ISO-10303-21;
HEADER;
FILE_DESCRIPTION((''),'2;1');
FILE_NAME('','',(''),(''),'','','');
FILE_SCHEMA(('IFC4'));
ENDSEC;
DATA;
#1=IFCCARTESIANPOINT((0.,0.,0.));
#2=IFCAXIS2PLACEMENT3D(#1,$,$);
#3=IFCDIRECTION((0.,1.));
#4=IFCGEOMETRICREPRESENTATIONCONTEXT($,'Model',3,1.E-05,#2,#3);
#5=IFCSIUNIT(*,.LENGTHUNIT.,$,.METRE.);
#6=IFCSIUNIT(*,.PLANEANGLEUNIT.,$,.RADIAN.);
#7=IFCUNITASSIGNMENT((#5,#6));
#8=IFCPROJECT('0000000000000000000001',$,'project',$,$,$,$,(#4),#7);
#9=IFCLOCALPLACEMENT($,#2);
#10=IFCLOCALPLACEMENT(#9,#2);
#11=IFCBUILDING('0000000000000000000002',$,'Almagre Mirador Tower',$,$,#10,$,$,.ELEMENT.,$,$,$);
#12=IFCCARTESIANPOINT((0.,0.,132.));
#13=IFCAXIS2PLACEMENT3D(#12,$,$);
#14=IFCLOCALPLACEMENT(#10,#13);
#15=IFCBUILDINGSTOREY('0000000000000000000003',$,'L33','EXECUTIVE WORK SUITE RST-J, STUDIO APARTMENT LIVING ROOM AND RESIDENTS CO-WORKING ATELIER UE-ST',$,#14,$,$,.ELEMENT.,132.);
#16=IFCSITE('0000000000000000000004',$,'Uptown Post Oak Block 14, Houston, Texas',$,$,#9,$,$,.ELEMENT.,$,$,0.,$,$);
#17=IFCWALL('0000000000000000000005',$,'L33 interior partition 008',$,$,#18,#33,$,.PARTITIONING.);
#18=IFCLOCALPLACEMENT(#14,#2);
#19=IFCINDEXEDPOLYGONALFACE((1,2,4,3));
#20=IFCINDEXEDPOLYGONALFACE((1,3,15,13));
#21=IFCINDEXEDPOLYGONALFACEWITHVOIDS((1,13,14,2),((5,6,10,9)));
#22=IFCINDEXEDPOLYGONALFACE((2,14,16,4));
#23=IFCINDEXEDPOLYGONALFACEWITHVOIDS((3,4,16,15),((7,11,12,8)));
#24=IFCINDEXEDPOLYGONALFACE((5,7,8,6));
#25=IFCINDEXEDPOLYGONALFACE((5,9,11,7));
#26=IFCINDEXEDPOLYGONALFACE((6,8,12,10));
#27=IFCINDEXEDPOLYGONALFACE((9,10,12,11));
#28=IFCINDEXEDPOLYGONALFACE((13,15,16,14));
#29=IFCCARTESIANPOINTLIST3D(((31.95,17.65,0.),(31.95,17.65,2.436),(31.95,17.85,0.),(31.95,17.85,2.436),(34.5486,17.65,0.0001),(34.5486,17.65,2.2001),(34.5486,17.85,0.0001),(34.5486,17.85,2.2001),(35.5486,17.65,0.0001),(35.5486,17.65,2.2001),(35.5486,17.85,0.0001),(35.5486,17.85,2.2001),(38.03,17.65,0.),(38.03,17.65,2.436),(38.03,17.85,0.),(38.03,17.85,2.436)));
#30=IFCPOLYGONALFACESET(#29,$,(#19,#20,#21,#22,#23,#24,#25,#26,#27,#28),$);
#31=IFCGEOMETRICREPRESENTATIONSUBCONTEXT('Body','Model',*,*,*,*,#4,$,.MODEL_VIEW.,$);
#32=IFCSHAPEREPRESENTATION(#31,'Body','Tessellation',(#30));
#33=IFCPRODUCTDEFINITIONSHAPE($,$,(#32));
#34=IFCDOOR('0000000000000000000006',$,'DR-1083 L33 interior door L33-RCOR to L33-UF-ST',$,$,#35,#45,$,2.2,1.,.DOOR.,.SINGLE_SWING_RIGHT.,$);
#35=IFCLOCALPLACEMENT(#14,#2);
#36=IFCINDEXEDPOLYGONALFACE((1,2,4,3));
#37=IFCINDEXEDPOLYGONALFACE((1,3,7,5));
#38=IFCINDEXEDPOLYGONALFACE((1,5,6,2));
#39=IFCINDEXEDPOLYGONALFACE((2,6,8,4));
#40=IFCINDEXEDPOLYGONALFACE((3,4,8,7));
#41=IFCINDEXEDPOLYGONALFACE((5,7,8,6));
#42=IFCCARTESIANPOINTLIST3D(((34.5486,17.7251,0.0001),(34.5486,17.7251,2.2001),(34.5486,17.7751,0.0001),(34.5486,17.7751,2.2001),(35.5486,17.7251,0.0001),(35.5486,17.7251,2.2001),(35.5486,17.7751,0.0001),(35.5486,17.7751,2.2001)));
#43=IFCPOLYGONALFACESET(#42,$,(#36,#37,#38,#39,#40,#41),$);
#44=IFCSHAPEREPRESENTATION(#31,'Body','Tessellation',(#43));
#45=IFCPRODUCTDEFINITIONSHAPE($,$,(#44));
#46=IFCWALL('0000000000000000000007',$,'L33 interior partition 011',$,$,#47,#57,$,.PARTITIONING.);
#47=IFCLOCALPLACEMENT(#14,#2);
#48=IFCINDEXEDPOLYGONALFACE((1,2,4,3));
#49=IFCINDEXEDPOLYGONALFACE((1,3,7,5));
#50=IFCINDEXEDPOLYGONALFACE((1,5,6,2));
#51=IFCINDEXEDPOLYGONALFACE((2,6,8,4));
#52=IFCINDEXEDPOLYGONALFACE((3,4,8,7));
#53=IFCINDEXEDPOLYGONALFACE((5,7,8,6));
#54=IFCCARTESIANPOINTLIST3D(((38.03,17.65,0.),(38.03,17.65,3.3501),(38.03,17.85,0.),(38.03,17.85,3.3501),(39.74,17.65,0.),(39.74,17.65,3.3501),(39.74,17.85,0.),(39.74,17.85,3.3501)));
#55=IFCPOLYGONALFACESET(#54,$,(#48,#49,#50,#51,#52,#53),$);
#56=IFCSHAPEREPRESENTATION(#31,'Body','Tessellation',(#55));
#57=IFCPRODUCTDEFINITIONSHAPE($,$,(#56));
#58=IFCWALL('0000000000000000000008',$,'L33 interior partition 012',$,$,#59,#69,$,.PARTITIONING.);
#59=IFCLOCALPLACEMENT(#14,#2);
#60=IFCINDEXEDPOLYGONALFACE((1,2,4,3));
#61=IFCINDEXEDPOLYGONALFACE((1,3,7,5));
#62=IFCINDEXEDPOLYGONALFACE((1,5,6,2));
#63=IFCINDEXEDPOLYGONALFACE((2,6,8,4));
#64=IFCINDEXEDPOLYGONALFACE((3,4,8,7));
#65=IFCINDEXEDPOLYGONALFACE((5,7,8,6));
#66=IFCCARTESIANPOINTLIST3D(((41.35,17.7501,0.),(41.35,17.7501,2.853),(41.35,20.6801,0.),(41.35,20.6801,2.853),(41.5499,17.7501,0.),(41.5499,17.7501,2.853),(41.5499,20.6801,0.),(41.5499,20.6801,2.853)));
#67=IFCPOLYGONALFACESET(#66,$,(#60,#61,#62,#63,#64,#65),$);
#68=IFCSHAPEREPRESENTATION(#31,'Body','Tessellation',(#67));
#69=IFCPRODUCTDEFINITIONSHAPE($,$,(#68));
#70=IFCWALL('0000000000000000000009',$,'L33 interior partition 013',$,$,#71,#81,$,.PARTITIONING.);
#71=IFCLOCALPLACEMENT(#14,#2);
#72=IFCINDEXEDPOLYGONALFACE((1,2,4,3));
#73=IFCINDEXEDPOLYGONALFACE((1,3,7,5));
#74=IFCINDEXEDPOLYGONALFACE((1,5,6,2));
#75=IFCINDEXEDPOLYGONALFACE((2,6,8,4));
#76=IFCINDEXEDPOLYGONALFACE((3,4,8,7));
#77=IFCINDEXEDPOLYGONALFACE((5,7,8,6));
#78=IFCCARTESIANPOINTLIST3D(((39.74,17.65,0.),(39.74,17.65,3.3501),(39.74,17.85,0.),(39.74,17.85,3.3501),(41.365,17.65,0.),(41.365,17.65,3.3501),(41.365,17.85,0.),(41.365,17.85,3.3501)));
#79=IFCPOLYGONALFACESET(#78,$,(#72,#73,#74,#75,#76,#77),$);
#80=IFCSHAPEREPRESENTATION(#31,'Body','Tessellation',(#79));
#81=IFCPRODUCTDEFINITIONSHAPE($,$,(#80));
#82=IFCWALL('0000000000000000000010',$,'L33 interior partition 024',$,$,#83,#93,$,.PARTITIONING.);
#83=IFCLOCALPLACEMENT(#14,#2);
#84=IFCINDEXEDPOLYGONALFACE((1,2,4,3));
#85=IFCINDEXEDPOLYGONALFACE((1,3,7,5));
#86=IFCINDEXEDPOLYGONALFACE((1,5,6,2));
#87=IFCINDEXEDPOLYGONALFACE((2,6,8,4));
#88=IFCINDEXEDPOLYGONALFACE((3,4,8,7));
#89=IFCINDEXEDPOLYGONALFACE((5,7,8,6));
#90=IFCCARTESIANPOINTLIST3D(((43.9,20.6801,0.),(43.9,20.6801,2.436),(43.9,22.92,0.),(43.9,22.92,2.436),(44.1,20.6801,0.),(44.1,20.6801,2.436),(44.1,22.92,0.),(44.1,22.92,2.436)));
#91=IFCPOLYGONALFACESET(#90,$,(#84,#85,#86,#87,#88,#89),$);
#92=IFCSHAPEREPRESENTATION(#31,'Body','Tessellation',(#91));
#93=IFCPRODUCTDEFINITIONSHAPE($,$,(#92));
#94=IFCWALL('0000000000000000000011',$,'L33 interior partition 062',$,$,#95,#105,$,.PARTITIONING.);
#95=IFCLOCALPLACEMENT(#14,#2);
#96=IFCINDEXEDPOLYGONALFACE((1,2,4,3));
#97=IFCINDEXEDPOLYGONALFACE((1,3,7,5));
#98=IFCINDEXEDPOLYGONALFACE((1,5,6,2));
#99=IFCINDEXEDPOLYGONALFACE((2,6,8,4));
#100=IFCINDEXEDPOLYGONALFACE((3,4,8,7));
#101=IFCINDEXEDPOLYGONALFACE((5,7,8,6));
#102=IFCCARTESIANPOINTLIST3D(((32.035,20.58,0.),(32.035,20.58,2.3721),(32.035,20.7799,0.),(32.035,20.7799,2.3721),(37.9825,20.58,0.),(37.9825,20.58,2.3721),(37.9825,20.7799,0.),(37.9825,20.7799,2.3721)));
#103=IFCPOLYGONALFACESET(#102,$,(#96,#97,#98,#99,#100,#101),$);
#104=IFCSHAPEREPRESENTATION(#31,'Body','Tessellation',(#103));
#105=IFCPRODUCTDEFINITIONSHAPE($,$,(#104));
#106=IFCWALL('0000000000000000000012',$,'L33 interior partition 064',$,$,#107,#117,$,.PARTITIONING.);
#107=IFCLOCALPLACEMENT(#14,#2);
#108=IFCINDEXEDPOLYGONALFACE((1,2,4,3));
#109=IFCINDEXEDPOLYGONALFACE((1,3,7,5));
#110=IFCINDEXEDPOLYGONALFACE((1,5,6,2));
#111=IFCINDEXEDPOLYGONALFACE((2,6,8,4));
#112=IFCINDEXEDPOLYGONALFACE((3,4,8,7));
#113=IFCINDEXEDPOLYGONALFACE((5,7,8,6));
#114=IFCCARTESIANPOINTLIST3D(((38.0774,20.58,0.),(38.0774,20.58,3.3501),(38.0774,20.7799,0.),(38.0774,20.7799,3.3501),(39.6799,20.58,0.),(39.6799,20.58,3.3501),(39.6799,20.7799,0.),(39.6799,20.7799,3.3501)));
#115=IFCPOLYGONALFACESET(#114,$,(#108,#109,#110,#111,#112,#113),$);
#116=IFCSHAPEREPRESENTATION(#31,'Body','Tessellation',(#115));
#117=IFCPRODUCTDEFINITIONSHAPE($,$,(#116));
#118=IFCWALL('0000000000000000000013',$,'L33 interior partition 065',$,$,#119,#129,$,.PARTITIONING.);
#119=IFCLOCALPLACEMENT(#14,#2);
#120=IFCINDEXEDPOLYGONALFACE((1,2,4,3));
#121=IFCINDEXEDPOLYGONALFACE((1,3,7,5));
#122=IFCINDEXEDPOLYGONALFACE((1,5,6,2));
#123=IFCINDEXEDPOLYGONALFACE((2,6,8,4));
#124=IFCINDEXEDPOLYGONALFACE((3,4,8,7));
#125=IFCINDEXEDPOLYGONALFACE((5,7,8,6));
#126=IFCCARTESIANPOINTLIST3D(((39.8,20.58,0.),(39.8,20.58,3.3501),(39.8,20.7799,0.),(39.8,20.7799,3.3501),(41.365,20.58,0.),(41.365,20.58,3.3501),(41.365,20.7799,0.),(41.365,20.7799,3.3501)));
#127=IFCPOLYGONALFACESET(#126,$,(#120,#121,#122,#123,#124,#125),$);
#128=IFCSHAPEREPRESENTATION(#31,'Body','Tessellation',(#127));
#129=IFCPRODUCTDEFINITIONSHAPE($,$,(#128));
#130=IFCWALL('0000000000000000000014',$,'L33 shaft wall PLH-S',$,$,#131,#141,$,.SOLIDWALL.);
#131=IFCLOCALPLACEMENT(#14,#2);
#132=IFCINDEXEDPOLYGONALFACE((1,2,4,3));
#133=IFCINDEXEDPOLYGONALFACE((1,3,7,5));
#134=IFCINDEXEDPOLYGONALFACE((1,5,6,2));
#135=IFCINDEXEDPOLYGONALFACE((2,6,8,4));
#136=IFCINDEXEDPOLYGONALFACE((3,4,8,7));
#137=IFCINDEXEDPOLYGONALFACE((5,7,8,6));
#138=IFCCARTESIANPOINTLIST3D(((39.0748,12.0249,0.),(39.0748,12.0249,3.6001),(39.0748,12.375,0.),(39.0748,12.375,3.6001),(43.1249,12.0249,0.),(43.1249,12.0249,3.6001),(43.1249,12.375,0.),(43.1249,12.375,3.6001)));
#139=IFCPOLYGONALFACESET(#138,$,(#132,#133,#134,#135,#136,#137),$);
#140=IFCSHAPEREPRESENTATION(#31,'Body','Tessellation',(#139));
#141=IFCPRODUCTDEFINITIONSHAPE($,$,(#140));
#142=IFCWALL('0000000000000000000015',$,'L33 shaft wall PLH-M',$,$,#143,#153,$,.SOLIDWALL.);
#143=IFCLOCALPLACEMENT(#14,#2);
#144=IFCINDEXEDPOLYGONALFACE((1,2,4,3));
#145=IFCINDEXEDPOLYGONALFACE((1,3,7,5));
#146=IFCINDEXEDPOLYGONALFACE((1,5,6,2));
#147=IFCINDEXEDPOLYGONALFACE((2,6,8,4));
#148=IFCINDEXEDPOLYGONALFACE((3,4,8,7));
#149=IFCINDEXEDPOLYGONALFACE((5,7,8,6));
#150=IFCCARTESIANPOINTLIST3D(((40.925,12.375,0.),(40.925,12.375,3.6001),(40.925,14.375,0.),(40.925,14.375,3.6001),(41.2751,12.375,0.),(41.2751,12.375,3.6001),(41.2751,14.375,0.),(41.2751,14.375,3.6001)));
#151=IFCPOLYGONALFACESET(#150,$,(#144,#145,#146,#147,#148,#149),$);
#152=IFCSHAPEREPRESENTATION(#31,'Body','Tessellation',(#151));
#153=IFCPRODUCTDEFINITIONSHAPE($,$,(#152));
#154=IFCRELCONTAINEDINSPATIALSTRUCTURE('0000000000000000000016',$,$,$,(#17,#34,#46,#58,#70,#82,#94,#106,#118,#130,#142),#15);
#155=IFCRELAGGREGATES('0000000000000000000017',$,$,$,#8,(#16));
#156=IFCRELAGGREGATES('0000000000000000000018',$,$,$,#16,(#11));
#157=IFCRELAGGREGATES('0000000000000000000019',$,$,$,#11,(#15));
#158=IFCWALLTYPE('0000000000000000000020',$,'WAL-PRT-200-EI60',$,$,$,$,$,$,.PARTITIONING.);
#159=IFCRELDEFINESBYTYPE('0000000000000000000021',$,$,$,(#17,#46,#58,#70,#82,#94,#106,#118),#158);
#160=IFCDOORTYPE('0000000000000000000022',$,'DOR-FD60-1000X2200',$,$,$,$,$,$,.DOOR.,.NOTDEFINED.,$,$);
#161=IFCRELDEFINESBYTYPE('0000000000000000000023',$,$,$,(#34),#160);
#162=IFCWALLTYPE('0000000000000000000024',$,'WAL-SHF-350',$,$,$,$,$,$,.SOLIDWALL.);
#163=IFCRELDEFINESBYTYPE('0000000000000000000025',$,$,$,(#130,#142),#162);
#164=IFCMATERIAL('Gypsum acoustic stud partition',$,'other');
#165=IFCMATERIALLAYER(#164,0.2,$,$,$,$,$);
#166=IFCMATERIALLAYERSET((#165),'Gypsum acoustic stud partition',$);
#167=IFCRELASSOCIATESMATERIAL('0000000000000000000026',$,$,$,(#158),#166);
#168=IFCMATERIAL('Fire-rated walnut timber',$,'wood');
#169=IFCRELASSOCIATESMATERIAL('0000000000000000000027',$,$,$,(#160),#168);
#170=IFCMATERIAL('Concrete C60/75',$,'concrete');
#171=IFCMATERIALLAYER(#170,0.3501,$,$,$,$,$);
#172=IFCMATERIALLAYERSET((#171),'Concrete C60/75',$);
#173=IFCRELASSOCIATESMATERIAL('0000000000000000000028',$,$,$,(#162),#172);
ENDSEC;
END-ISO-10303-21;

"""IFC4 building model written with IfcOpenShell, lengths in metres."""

from ifc_helpers import new_model, si_unit, direction, frame, frame_2d, origin, place, context, subcontext, project, spatial, rectangle, extrude, material, layer, layer_set, type_object, element, fill, save


model = new_model("IFC4")

# Units and contexts
model_context = context("Model", 3, precision=1e-05, world=origin(), true_north=direction((0.0, 1.0)))
body_context = subcontext(model_context, "Body", "Model", "MODEL_VIEW")
ifc_project = project(units=[si_unit("LENGTHUNIT", "METRE"), si_unit("PLANEANGLEUNIT", "RADIAN")], contexts=[model_context])

# Site, building, storey
site_placement = place(None, origin())
site = spatial("IfcSite", under=ifc_project, at=site_placement, Name="Uptown Post Oak Block 14, Houston, Texas", CompositionType="ELEMENT", RefElevation=0.0)
building_placement = place(site_placement, origin())
building = spatial("IfcBuilding", under=site, at=building_placement, Name="Almagre Mirador Tower", CompositionType="ELEMENT")
storey_placement = place(building_placement, frame((0.0, 0.0, 132.0)))
storey = spatial("IfcBuildingStorey", under=building, at=storey_placement, Name="L33", Description="EXECUTIVE WORK SUITE RST-J, STUDIO APARTMENT LIVING ROOM AND RESIDENTS CO-WORKING ATELIER UE-ST", CompositionType="ELEMENT", Elevation=132.0)

# Shared definitions
ifc_material_1 = material(Name="Gypsum acoustic stud partition", Category="other")
ifc_layer_1 = layer(ifc_material_1, 0.2)
ifc_layer_set_1 = layer_set([ifc_layer_1], Name="Gypsum acoustic stud partition")
wall_type_1 = type_object("IfcWallType", Name="WAL-PRT-200-EI60", PredefinedType="PARTITIONING", material=ifc_layer_set_1)

# Wall, opening, door
wall_1_placement = place(storey_placement, frame((38.03, 17.75, 0.0), z_axis=(0.0, 0.0, 1.0), x_axis=(-1.0, 0.0, 0.0)))
wall_1 = element("IfcWall", 1, at=wall_1_placement, inside=storey, type_object=wall_type_1, Name="L33 interior partition 008", PredefinedType="PARTITIONING", context=body_context, shape_type="SweptSolid", body=[
    extrude(rectangle(XDim=6.0801, YDim=0.2, at=frame_2d((3.04, 0.0))), origin(), (0.0, 0.0, 1.0), 2.436),
])
opening_1_placement = place(wall_1_placement, frame((2.4814, 0.0, 0.0)))
opening_1 = element("IfcOpeningElement", 2, at=opening_1_placement, cuts=wall_1, PredefinedType="OPENING", context=body_context, shape_type="SweptSolid", body=[
    extrude(rectangle(XDim=1.0, YDim=2.2, at=frame_2d((0.5, 1.1001))), frame((0.0, 0.1101, 0.0), z_axis=(0.0, -1.0, 0.0), x_axis=(1.0, 0.0, 0.0)), (0.0, 0.0, 1.0), 0.22),
])
ifc_material_2 = material(Name="Fire-rated walnut timber", Category="wood")
door_type_1 = type_object("IfcDoorType", Name="DOR-FD60-1000X2200", OperationType="NOTDEFINED", PredefinedType="DOOR", material=ifc_material_2)
door_1_placement = place(opening_1_placement, origin())
door_1 = element("IfcDoor", 3, at=door_1_placement, inside=storey, type_object=door_type_1, Name="DR-1083 L33 interior door L33-RCOR to L33-UF-ST", OperationType="SINGLE_SWING_RIGHT", OverallHeight=2.2, OverallWidth=1.0, PredefinedType="DOOR", context=body_context, shape_type="SweptSolid", body=[
    extrude(rectangle(XDim=1.0, YDim=2.2, at=frame_2d((0.5, 1.1001))), frame((0.0, 0.0249, 0.0), z_axis=(0.0, -1.0, 0.0), x_axis=(1.0, 0.0, 0.0)), (0.0, 0.0, 1.0), 0.05),
])
fill(opening_1, door_1)

# Walls
wall_2_placement = place(storey_placement, frame((39.74, 17.75, 0.0), z_axis=(0.0, 0.0, 1.0), x_axis=(-1.0, 0.0, 0.0)))
element("IfcWall", 4, at=wall_2_placement, inside=storey, type_object=wall_type_1, Name="L33 interior partition 011", PredefinedType="PARTITIONING", context=body_context, shape_type="SweptSolid", body=[
    extrude(rectangle(XDim=1.71, YDim=0.2, at=frame_2d((0.855, 0.0))), origin(), (0.0, 0.0, 1.0), 3.3501),
])
wall_3_placement = place(storey_placement, frame((41.45, 20.6799, 0.0), z_axis=(0.0, 0.0, 1.0), x_axis=(0.0, -1.0, 0.0)))
element("IfcWall", 5, at=wall_3_placement, inside=storey, type_object=wall_type_1, Name="L33 interior partition 012", PredefinedType="PARTITIONING", context=body_context, shape_type="SweptSolid", body=[
    extrude(rectangle(XDim=2.9299, YDim=0.2, at=frame_2d((1.4648, 0.0))), origin(), (0.0, 0.0, 1.0), 2.853),
])
wall_4_placement = place(storey_placement, frame((41.365, 17.75, 0.0), z_axis=(0.0, 0.0, 1.0), x_axis=(-1.0, 0.0, 0.0)))
element("IfcWall", 6, at=wall_4_placement, inside=storey, type_object=wall_type_1, Name="L33 interior partition 013", PredefinedType="PARTITIONING", context=body_context, shape_type="SweptSolid", body=[
    extrude(rectangle(XDim=1.625, YDim=0.2, at=frame_2d((0.8125, 0.0))), origin(), (0.0, 0.0, 1.0), 3.3501),
])
wall_5_placement = place(storey_placement, frame((44.0, 20.6799, 0.0), z_axis=(0.0, 0.0, 1.0), x_axis=(0.0, 1.0, 0.0)))
element("IfcWall", 7, at=wall_5_placement, inside=storey, type_object=wall_type_1, Name="L33 interior partition 024", PredefinedType="PARTITIONING", context=body_context, shape_type="SweptSolid", body=[
    extrude(rectangle(XDim=2.24, YDim=0.2, at=frame_2d((1.1201, 0.0))), origin(), (0.0, 0.0, 1.0), 2.436),
])
wall_6_placement = place(storey_placement, frame((37.9824, 20.6799, 0.0), z_axis=(0.0, 0.0, 1.0), x_axis=(-1.0, 0.0, 0.0)))
element("IfcWall", 8, at=wall_6_placement, inside=storey, type_object=wall_type_1, Name="L33 interior partition 062", PredefinedType="PARTITIONING", context=body_context, shape_type="SweptSolid", body=[
    extrude(rectangle(XDim=5.9475, YDim=0.2, at=frame_2d((2.9736, 0.0))), origin(), (0.0, 0.0, 1.0), 2.3721),
])
wall_7_placement = place(storey_placement, frame((39.6799, 20.6799, 0.0), z_axis=(0.0, 0.0, 1.0), x_axis=(-1.0, 0.0, 0.0)))
element("IfcWall", 9, at=wall_7_placement, inside=storey, type_object=wall_type_1, Name="L33 interior partition 064", PredefinedType="PARTITIONING", context=body_context, shape_type="SweptSolid", body=[
    extrude(rectangle(XDim=1.6025, YDim=0.2, at=frame_2d((0.8013, 0.0))), origin(), (0.0, 0.0, 1.0), 3.3501),
])
wall_8_placement = place(storey_placement, frame((41.365, 20.6799, 0.0), z_axis=(0.0, 0.0, 1.0), x_axis=(-1.0, 0.0, 0.0)))
element("IfcWall", 10, at=wall_8_placement, inside=storey, type_object=wall_type_1, Name="L33 interior partition 065", PredefinedType="PARTITIONING", context=body_context, shape_type="SweptSolid", body=[
    extrude(rectangle(XDim=1.5649, YDim=0.2, at=frame_2d((0.7825, 0.0))), origin(), (0.0, 0.0, 1.0), 3.3501),
])
ifc_material_3 = material(Name="Concrete C60/75", Category="concrete")
ifc_layer_2 = layer(ifc_material_3, 0.3501)
ifc_layer_set_2 = layer_set([ifc_layer_2], Name="Concrete C60/75")
wall_type_2 = type_object("IfcWallType", Name="WAL-SHF-350", PredefinedType="SOLIDWALL", material=ifc_layer_set_2)
wall_9_placement = place(storey_placement, frame((39.075, 12.2, 0.0), z_axis=(0.0, 0.0, 1.0), x_axis=(1.0, 0.0, 0.0)))
element("IfcWall", 11, at=wall_9_placement, inside=storey, type_object=wall_type_2, Name="L33 shaft wall PLH-S", PredefinedType="SOLIDWALL", context=body_context, shape_type="SweptSolid", body=[
    extrude(rectangle(XDim=4.05, YDim=0.3501, at=frame_2d((2.0249, 0.0))), origin(), (0.0, 0.0, 1.0), 3.6001),
])
wall_10_placement = place(storey_placement, frame((41.1001, 12.375, 0.0), z_axis=(0.0, 0.0, 1.0), x_axis=(0.0, 1.0, 0.0)))
element("IfcWall", 12, at=wall_10_placement, inside=storey, type_object=wall_type_2, Name="L33 shaft wall PLH-M", PredefinedType="SOLIDWALL", context=body_context, shape_type="SweptSolid", body=[
    extrude(rectangle(XDim=2.0, YDim=0.3501, at=frame_2d((1.0, 0.0))), origin(), (0.0, 0.0, 1.0), 3.6001),
])

save(model, "model.ifc")
